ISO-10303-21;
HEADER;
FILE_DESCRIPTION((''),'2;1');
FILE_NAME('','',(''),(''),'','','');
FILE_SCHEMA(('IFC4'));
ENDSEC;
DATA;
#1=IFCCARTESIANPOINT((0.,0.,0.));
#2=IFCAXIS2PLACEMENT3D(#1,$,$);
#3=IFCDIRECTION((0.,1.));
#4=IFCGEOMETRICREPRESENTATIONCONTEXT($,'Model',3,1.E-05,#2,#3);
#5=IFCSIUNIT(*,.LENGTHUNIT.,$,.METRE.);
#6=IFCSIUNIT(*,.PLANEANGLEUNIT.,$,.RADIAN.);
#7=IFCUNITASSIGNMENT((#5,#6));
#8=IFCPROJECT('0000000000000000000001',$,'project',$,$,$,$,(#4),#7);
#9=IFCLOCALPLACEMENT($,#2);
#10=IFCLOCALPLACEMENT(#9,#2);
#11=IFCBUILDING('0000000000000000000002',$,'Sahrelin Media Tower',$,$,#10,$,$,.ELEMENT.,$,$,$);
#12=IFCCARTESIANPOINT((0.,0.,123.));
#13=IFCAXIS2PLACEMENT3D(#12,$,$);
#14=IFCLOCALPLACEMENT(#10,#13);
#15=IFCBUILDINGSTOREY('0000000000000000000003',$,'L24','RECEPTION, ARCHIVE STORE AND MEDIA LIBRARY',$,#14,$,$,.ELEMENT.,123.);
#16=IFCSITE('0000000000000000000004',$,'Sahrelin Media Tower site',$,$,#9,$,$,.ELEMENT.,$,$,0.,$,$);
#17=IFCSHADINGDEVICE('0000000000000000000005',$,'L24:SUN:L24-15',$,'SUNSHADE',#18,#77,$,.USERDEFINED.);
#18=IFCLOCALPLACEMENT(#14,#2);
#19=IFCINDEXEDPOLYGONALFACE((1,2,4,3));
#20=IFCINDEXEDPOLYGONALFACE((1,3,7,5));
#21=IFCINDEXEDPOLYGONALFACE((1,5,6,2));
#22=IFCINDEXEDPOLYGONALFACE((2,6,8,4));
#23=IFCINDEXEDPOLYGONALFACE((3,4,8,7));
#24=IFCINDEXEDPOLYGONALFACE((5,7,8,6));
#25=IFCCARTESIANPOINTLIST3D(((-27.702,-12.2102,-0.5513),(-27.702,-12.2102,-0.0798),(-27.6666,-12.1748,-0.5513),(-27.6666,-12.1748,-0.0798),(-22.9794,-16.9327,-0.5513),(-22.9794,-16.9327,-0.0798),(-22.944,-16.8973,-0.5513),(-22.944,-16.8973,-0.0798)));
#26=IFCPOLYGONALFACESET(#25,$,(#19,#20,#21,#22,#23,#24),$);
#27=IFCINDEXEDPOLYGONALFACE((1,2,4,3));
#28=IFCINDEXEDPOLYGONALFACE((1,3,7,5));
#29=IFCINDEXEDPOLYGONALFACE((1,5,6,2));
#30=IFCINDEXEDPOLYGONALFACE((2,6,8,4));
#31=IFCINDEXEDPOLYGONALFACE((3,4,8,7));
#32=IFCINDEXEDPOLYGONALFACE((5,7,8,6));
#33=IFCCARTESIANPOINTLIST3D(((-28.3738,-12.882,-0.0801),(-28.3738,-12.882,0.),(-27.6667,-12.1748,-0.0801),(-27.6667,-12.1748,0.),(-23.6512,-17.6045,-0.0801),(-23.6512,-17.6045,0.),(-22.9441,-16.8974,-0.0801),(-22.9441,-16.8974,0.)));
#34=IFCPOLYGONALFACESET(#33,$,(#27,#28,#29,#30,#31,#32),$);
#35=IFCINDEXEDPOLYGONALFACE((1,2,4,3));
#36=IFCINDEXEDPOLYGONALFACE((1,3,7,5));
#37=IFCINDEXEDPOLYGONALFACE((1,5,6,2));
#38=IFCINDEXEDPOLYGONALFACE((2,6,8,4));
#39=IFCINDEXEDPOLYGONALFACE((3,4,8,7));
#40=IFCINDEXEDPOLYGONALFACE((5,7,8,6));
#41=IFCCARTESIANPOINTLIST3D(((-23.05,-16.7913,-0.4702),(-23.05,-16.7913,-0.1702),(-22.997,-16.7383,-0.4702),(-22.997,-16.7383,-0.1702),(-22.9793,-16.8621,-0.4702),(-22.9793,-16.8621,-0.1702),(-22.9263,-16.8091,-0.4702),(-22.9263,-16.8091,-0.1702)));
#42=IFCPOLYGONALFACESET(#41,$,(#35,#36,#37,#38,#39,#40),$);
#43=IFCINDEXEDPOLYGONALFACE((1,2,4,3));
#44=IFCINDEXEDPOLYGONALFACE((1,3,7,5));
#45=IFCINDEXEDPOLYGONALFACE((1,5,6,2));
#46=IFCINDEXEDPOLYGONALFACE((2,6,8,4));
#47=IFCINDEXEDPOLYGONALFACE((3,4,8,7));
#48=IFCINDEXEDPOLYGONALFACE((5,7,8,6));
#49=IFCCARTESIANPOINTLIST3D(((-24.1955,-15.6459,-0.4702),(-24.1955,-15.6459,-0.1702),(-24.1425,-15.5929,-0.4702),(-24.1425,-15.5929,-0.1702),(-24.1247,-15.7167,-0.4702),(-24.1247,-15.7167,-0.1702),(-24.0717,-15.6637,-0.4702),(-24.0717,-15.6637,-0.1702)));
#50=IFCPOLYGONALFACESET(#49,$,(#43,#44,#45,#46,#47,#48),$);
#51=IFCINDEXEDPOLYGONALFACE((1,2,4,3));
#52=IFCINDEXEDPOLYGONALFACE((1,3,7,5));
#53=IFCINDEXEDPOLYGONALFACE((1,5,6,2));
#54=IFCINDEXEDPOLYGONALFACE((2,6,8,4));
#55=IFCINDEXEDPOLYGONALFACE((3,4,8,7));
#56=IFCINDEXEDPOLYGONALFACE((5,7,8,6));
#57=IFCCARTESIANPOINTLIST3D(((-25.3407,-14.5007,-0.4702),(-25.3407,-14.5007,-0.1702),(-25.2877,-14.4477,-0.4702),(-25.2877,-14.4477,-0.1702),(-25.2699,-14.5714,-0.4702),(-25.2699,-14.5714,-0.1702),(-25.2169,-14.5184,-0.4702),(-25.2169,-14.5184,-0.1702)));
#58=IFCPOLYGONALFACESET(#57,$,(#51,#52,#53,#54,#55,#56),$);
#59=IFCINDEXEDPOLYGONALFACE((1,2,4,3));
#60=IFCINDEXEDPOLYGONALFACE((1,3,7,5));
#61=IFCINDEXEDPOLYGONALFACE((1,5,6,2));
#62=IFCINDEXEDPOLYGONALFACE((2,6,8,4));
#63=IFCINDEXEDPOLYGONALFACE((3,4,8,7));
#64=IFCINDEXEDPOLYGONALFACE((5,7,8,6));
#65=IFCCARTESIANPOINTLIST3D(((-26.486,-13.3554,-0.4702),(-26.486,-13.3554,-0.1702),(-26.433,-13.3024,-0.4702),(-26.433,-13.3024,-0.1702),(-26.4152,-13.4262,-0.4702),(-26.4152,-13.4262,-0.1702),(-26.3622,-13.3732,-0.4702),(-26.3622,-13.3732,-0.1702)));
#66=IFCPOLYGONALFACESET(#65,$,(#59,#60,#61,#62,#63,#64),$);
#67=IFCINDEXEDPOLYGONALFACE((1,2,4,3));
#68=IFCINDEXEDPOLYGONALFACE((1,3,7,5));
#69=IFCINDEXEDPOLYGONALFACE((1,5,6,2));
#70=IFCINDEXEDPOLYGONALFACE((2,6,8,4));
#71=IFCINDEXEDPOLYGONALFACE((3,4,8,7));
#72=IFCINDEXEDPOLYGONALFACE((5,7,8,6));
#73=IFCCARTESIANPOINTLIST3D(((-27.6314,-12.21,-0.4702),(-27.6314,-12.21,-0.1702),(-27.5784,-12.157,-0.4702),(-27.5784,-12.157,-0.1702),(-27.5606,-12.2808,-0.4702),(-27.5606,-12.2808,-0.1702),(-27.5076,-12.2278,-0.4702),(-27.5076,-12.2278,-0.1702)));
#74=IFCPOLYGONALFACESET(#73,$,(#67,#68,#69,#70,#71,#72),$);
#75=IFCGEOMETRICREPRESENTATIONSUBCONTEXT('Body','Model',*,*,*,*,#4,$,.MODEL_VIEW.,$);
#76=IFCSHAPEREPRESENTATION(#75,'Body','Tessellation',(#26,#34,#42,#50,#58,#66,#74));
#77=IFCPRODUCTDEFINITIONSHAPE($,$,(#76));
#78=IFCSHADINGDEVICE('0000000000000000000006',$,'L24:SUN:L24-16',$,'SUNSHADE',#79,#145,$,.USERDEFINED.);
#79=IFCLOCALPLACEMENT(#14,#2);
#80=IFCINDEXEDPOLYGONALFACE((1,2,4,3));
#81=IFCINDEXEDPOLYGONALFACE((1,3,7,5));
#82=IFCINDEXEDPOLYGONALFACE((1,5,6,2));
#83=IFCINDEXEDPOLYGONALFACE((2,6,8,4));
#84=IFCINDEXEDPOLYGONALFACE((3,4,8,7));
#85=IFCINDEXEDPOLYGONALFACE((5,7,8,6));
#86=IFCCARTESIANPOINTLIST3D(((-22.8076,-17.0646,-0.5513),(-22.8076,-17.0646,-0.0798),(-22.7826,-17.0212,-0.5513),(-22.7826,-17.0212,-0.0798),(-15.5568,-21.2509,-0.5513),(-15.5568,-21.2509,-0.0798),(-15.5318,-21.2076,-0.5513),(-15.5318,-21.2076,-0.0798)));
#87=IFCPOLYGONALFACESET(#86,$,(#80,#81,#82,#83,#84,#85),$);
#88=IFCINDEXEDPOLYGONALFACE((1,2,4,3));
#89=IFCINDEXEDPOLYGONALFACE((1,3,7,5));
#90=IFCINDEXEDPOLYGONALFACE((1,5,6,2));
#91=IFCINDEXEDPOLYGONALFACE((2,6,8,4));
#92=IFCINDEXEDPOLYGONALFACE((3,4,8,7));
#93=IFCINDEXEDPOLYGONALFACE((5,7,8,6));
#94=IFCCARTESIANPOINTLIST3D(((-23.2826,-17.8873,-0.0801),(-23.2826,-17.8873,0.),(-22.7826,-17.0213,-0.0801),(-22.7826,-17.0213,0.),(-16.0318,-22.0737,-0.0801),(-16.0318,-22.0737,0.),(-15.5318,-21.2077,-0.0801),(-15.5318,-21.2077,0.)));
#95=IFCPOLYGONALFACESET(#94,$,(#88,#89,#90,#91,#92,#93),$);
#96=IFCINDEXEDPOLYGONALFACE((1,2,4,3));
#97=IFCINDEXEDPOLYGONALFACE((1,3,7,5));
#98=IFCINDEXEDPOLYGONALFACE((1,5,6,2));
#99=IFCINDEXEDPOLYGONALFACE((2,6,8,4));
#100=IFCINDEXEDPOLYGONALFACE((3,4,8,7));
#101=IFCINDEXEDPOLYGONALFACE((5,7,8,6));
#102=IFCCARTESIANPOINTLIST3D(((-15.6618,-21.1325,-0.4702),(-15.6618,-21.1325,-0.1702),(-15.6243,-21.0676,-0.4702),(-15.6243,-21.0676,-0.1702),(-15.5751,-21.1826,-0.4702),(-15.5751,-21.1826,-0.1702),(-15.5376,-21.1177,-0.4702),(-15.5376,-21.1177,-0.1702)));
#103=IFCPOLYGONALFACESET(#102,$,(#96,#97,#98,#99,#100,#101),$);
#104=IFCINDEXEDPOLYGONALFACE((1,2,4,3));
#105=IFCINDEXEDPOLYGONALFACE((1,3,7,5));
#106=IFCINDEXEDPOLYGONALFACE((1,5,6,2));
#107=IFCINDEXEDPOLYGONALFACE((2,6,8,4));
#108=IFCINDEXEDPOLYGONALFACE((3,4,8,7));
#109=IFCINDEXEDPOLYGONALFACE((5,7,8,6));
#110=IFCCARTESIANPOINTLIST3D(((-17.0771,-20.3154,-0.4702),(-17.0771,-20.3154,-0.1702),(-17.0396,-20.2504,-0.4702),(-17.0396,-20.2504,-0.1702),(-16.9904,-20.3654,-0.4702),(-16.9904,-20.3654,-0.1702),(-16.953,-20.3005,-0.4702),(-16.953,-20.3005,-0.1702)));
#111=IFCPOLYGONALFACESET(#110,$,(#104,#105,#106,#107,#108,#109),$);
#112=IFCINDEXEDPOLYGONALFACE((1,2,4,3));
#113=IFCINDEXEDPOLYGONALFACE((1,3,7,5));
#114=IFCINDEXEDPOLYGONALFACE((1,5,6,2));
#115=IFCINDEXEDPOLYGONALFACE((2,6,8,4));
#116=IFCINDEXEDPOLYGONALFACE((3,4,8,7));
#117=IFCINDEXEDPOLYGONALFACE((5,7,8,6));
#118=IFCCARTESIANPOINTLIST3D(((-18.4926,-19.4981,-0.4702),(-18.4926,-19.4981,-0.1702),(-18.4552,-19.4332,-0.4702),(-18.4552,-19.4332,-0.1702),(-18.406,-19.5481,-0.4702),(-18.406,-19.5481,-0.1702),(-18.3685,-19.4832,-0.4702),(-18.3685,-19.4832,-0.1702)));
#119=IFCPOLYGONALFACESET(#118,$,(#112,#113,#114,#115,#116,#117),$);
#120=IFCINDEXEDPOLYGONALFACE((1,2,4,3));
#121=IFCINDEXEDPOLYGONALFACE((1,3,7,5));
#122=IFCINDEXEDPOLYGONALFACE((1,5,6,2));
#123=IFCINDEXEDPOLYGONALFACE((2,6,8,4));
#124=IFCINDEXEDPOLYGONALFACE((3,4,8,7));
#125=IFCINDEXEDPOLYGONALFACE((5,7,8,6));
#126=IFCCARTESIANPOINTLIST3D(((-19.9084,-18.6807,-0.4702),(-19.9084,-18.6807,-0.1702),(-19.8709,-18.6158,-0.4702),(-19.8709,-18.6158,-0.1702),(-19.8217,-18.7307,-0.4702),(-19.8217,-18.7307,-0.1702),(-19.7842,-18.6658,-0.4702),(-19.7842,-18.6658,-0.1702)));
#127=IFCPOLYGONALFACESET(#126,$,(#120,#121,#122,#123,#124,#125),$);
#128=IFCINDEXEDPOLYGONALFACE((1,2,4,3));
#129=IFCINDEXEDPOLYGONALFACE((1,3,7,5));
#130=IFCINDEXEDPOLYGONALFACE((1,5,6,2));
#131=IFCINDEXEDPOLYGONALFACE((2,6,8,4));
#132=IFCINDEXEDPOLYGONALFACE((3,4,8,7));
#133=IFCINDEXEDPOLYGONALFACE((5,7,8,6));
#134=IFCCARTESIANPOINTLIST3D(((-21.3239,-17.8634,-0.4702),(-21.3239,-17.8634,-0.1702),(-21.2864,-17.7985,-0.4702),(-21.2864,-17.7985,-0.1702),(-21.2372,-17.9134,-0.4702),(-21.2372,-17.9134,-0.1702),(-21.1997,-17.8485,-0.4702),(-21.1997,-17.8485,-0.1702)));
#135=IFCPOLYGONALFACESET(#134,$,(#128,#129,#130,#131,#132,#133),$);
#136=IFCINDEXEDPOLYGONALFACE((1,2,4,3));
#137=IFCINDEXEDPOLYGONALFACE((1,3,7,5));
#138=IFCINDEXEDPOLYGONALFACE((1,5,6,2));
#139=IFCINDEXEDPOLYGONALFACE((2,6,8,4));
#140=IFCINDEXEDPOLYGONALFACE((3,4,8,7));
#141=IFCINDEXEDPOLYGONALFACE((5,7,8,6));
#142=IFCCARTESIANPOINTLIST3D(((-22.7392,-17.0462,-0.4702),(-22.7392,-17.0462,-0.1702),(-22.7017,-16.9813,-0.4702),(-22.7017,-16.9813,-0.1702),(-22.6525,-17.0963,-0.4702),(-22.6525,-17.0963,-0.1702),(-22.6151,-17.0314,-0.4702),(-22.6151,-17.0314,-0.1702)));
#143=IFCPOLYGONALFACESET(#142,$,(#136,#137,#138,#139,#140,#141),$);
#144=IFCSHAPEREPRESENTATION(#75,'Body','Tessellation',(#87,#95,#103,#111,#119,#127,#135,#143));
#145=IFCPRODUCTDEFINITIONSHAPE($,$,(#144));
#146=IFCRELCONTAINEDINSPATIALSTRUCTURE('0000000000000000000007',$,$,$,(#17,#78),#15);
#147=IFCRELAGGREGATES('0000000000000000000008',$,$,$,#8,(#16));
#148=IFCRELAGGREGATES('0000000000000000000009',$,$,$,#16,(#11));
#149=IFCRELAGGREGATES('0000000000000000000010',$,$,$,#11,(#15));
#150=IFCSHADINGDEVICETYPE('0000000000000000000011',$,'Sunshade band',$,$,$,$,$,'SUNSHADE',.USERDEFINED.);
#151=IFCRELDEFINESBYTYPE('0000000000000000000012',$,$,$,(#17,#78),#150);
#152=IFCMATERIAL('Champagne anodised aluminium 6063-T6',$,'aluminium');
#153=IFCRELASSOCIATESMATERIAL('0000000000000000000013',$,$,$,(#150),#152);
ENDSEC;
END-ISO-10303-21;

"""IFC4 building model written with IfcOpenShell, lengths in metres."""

from ifc_helpers import new_model, si_unit, direction, frame, origin, origin_2d, place, context, subcontext, project, spatial, rectangle, extrude, material, type_object, element, save


model = new_model("IFC4")

# Units and contexts
model_context = context("Model", 3, precision=1e-05, world=origin(), true_north=direction((0.0, 1.0)))
body_context = subcontext(model_context, "Body", "Model", "MODEL_VIEW")
ifc_project = project(units=[si_unit("LENGTHUNIT", "METRE"), si_unit("PLANEANGLEUNIT", "RADIAN")], contexts=[model_context])

# Site, building, storey
site_placement = place(None, origin())
site = spatial("IfcSite", under=ifc_project, at=site_placement, Name="Sahrelin Media Tower site", CompositionType="ELEMENT", RefElevation=0.0)
building_placement = place(site_placement, origin())
building = spatial("IfcBuilding", under=site, at=building_placement, Name="Sahrelin Media Tower", CompositionType="ELEMENT")
storey_placement = place(building_placement, frame((0.0, 0.0, 123.0)))
storey = spatial("IfcBuildingStorey", under=building, at=storey_placement, Name="L24", Description="RECEPTION, ARCHIVE STORE AND MEDIA LIBRARY", CompositionType="ELEMENT", Elevation=123.0)

# Shared definitions
ifc_material_1 = material(Name="Champagne anodised aluminium 6063-T6", Category="aluminium")

# Shading devices
placement_1 = place(storey_placement, frame((-25.2913, -14.522, 0.0), z_axis=(0.0, 0.0, 1.0), x_axis=(-0.707107, 0.707107, 0.0)))
placement_2 = place(storey_placement, frame((-19.1472, -19.0972, 0.0), z_axis=(0.0, 0.0, 1.0), x_axis=(-0.866019, 0.500011, 0.0)))
shading_device_type_1 = type_object("IfcShadingDeviceType", Name="Sunshade band", ElementType="SUNSHADE", PredefinedType="USERDEFINED", material=ifc_material_1)
element("IfcShadingDevice", 1, at=placement_1, inside=storey, type_object=shading_device_type_1, Name="L24:SUN:L24-15", ObjectType="SUNSHADE", PredefinedType="USERDEFINED", context=body_context, shape_type="SweptSolid", body=[
    extrude(rectangle(XDim=6.6787, YDim=0.05, at=origin_2d()), frame((0.0, 0.0449, -0.5513)), (0.0, 0.0, 1.0), 0.4714),
    extrude(rectangle(XDim=6.6787, YDim=1.0, at=origin_2d()), frame((0.0, 0.52, -0.0801)), (0.0, 0.0, 1.0), 0.0801),
    extrude(rectangle(XDim=0.1001, YDim=0.075, at=origin_2d()), frame((-3.2395, -0.0176, -0.4702)), (0.0, 0.0, 1.0), 0.3),
    extrude(rectangle(XDim=0.1001, YDim=0.075, at=origin_2d()), frame((-1.6196, -0.0176, -0.4702)), (0.0, 0.0, 1.0), 0.3),
    extrude(rectangle(XDim=0.1001, YDim=0.075, at=origin_2d()), frame((0.0, -0.0176, -0.4702)), (0.0, 0.0, 1.0), 0.3),
    extrude(rectangle(XDim=0.1001, YDim=0.075, at=origin_2d()), frame((1.6196, -0.0176, -0.4702)), (0.0, 0.0, 1.0), 0.3),
    extrude(rectangle(XDim=0.1001, YDim=0.075, at=origin_2d()), frame((3.2395, -0.0176, -0.4702)), (0.0, 0.0, 1.0), 0.3),
])
element("IfcShadingDevice", 2, at=placement_2, inside=storey, type_object=shading_device_type_1, Name="L24:SUN:L24-16", ObjectType="SUNSHADE", PredefinedType="USERDEFINED", context=body_context, shape_type="SweptSolid", body=[
    extrude(rectangle(XDim=8.3726, YDim=0.05, at=origin_2d()), frame((0.0, 0.0449, -0.5513)), (0.0, 0.0, 1.0), 0.4714),
    extrude(rectangle(XDim=8.3726, YDim=1.0, at=origin_2d()), frame((0.0, 0.52, -0.0801)), (0.0, 0.0, 1.0), 0.0801),
    extrude(rectangle(XDim=0.1001, YDim=0.075, at=origin_2d()), frame((-4.0862, -0.0176, -0.4702)), (0.0, 0.0, 1.0), 0.3),
    extrude(rectangle(XDim=0.1001, YDim=0.075, at=origin_2d()), frame((-2.4519, -0.0176, -0.4702)), (0.0, 0.0, 1.0), 0.3),
    extrude(rectangle(XDim=0.1001, YDim=0.075, at=origin_2d()), frame((-0.8174, -0.0176, -0.4702)), (0.0, 0.0, 1.0), 0.3),
    extrude(rectangle(XDim=0.1001, YDim=0.075, at=origin_2d()), frame((0.8174, -0.0176, -0.4702)), (0.0, 0.0, 1.0), 0.3),
    extrude(rectangle(XDim=0.1001, YDim=0.075, at=origin_2d()), frame((2.4519, -0.0176, -0.4702)), (0.0, 0.0, 1.0), 0.3),
    extrude(rectangle(XDim=0.1001, YDim=0.075, at=origin_2d()), frame((4.0862, -0.0176, -0.4702)), (0.0, 0.0, 1.0), 0.3),
])

save(model, "model.ifc")
